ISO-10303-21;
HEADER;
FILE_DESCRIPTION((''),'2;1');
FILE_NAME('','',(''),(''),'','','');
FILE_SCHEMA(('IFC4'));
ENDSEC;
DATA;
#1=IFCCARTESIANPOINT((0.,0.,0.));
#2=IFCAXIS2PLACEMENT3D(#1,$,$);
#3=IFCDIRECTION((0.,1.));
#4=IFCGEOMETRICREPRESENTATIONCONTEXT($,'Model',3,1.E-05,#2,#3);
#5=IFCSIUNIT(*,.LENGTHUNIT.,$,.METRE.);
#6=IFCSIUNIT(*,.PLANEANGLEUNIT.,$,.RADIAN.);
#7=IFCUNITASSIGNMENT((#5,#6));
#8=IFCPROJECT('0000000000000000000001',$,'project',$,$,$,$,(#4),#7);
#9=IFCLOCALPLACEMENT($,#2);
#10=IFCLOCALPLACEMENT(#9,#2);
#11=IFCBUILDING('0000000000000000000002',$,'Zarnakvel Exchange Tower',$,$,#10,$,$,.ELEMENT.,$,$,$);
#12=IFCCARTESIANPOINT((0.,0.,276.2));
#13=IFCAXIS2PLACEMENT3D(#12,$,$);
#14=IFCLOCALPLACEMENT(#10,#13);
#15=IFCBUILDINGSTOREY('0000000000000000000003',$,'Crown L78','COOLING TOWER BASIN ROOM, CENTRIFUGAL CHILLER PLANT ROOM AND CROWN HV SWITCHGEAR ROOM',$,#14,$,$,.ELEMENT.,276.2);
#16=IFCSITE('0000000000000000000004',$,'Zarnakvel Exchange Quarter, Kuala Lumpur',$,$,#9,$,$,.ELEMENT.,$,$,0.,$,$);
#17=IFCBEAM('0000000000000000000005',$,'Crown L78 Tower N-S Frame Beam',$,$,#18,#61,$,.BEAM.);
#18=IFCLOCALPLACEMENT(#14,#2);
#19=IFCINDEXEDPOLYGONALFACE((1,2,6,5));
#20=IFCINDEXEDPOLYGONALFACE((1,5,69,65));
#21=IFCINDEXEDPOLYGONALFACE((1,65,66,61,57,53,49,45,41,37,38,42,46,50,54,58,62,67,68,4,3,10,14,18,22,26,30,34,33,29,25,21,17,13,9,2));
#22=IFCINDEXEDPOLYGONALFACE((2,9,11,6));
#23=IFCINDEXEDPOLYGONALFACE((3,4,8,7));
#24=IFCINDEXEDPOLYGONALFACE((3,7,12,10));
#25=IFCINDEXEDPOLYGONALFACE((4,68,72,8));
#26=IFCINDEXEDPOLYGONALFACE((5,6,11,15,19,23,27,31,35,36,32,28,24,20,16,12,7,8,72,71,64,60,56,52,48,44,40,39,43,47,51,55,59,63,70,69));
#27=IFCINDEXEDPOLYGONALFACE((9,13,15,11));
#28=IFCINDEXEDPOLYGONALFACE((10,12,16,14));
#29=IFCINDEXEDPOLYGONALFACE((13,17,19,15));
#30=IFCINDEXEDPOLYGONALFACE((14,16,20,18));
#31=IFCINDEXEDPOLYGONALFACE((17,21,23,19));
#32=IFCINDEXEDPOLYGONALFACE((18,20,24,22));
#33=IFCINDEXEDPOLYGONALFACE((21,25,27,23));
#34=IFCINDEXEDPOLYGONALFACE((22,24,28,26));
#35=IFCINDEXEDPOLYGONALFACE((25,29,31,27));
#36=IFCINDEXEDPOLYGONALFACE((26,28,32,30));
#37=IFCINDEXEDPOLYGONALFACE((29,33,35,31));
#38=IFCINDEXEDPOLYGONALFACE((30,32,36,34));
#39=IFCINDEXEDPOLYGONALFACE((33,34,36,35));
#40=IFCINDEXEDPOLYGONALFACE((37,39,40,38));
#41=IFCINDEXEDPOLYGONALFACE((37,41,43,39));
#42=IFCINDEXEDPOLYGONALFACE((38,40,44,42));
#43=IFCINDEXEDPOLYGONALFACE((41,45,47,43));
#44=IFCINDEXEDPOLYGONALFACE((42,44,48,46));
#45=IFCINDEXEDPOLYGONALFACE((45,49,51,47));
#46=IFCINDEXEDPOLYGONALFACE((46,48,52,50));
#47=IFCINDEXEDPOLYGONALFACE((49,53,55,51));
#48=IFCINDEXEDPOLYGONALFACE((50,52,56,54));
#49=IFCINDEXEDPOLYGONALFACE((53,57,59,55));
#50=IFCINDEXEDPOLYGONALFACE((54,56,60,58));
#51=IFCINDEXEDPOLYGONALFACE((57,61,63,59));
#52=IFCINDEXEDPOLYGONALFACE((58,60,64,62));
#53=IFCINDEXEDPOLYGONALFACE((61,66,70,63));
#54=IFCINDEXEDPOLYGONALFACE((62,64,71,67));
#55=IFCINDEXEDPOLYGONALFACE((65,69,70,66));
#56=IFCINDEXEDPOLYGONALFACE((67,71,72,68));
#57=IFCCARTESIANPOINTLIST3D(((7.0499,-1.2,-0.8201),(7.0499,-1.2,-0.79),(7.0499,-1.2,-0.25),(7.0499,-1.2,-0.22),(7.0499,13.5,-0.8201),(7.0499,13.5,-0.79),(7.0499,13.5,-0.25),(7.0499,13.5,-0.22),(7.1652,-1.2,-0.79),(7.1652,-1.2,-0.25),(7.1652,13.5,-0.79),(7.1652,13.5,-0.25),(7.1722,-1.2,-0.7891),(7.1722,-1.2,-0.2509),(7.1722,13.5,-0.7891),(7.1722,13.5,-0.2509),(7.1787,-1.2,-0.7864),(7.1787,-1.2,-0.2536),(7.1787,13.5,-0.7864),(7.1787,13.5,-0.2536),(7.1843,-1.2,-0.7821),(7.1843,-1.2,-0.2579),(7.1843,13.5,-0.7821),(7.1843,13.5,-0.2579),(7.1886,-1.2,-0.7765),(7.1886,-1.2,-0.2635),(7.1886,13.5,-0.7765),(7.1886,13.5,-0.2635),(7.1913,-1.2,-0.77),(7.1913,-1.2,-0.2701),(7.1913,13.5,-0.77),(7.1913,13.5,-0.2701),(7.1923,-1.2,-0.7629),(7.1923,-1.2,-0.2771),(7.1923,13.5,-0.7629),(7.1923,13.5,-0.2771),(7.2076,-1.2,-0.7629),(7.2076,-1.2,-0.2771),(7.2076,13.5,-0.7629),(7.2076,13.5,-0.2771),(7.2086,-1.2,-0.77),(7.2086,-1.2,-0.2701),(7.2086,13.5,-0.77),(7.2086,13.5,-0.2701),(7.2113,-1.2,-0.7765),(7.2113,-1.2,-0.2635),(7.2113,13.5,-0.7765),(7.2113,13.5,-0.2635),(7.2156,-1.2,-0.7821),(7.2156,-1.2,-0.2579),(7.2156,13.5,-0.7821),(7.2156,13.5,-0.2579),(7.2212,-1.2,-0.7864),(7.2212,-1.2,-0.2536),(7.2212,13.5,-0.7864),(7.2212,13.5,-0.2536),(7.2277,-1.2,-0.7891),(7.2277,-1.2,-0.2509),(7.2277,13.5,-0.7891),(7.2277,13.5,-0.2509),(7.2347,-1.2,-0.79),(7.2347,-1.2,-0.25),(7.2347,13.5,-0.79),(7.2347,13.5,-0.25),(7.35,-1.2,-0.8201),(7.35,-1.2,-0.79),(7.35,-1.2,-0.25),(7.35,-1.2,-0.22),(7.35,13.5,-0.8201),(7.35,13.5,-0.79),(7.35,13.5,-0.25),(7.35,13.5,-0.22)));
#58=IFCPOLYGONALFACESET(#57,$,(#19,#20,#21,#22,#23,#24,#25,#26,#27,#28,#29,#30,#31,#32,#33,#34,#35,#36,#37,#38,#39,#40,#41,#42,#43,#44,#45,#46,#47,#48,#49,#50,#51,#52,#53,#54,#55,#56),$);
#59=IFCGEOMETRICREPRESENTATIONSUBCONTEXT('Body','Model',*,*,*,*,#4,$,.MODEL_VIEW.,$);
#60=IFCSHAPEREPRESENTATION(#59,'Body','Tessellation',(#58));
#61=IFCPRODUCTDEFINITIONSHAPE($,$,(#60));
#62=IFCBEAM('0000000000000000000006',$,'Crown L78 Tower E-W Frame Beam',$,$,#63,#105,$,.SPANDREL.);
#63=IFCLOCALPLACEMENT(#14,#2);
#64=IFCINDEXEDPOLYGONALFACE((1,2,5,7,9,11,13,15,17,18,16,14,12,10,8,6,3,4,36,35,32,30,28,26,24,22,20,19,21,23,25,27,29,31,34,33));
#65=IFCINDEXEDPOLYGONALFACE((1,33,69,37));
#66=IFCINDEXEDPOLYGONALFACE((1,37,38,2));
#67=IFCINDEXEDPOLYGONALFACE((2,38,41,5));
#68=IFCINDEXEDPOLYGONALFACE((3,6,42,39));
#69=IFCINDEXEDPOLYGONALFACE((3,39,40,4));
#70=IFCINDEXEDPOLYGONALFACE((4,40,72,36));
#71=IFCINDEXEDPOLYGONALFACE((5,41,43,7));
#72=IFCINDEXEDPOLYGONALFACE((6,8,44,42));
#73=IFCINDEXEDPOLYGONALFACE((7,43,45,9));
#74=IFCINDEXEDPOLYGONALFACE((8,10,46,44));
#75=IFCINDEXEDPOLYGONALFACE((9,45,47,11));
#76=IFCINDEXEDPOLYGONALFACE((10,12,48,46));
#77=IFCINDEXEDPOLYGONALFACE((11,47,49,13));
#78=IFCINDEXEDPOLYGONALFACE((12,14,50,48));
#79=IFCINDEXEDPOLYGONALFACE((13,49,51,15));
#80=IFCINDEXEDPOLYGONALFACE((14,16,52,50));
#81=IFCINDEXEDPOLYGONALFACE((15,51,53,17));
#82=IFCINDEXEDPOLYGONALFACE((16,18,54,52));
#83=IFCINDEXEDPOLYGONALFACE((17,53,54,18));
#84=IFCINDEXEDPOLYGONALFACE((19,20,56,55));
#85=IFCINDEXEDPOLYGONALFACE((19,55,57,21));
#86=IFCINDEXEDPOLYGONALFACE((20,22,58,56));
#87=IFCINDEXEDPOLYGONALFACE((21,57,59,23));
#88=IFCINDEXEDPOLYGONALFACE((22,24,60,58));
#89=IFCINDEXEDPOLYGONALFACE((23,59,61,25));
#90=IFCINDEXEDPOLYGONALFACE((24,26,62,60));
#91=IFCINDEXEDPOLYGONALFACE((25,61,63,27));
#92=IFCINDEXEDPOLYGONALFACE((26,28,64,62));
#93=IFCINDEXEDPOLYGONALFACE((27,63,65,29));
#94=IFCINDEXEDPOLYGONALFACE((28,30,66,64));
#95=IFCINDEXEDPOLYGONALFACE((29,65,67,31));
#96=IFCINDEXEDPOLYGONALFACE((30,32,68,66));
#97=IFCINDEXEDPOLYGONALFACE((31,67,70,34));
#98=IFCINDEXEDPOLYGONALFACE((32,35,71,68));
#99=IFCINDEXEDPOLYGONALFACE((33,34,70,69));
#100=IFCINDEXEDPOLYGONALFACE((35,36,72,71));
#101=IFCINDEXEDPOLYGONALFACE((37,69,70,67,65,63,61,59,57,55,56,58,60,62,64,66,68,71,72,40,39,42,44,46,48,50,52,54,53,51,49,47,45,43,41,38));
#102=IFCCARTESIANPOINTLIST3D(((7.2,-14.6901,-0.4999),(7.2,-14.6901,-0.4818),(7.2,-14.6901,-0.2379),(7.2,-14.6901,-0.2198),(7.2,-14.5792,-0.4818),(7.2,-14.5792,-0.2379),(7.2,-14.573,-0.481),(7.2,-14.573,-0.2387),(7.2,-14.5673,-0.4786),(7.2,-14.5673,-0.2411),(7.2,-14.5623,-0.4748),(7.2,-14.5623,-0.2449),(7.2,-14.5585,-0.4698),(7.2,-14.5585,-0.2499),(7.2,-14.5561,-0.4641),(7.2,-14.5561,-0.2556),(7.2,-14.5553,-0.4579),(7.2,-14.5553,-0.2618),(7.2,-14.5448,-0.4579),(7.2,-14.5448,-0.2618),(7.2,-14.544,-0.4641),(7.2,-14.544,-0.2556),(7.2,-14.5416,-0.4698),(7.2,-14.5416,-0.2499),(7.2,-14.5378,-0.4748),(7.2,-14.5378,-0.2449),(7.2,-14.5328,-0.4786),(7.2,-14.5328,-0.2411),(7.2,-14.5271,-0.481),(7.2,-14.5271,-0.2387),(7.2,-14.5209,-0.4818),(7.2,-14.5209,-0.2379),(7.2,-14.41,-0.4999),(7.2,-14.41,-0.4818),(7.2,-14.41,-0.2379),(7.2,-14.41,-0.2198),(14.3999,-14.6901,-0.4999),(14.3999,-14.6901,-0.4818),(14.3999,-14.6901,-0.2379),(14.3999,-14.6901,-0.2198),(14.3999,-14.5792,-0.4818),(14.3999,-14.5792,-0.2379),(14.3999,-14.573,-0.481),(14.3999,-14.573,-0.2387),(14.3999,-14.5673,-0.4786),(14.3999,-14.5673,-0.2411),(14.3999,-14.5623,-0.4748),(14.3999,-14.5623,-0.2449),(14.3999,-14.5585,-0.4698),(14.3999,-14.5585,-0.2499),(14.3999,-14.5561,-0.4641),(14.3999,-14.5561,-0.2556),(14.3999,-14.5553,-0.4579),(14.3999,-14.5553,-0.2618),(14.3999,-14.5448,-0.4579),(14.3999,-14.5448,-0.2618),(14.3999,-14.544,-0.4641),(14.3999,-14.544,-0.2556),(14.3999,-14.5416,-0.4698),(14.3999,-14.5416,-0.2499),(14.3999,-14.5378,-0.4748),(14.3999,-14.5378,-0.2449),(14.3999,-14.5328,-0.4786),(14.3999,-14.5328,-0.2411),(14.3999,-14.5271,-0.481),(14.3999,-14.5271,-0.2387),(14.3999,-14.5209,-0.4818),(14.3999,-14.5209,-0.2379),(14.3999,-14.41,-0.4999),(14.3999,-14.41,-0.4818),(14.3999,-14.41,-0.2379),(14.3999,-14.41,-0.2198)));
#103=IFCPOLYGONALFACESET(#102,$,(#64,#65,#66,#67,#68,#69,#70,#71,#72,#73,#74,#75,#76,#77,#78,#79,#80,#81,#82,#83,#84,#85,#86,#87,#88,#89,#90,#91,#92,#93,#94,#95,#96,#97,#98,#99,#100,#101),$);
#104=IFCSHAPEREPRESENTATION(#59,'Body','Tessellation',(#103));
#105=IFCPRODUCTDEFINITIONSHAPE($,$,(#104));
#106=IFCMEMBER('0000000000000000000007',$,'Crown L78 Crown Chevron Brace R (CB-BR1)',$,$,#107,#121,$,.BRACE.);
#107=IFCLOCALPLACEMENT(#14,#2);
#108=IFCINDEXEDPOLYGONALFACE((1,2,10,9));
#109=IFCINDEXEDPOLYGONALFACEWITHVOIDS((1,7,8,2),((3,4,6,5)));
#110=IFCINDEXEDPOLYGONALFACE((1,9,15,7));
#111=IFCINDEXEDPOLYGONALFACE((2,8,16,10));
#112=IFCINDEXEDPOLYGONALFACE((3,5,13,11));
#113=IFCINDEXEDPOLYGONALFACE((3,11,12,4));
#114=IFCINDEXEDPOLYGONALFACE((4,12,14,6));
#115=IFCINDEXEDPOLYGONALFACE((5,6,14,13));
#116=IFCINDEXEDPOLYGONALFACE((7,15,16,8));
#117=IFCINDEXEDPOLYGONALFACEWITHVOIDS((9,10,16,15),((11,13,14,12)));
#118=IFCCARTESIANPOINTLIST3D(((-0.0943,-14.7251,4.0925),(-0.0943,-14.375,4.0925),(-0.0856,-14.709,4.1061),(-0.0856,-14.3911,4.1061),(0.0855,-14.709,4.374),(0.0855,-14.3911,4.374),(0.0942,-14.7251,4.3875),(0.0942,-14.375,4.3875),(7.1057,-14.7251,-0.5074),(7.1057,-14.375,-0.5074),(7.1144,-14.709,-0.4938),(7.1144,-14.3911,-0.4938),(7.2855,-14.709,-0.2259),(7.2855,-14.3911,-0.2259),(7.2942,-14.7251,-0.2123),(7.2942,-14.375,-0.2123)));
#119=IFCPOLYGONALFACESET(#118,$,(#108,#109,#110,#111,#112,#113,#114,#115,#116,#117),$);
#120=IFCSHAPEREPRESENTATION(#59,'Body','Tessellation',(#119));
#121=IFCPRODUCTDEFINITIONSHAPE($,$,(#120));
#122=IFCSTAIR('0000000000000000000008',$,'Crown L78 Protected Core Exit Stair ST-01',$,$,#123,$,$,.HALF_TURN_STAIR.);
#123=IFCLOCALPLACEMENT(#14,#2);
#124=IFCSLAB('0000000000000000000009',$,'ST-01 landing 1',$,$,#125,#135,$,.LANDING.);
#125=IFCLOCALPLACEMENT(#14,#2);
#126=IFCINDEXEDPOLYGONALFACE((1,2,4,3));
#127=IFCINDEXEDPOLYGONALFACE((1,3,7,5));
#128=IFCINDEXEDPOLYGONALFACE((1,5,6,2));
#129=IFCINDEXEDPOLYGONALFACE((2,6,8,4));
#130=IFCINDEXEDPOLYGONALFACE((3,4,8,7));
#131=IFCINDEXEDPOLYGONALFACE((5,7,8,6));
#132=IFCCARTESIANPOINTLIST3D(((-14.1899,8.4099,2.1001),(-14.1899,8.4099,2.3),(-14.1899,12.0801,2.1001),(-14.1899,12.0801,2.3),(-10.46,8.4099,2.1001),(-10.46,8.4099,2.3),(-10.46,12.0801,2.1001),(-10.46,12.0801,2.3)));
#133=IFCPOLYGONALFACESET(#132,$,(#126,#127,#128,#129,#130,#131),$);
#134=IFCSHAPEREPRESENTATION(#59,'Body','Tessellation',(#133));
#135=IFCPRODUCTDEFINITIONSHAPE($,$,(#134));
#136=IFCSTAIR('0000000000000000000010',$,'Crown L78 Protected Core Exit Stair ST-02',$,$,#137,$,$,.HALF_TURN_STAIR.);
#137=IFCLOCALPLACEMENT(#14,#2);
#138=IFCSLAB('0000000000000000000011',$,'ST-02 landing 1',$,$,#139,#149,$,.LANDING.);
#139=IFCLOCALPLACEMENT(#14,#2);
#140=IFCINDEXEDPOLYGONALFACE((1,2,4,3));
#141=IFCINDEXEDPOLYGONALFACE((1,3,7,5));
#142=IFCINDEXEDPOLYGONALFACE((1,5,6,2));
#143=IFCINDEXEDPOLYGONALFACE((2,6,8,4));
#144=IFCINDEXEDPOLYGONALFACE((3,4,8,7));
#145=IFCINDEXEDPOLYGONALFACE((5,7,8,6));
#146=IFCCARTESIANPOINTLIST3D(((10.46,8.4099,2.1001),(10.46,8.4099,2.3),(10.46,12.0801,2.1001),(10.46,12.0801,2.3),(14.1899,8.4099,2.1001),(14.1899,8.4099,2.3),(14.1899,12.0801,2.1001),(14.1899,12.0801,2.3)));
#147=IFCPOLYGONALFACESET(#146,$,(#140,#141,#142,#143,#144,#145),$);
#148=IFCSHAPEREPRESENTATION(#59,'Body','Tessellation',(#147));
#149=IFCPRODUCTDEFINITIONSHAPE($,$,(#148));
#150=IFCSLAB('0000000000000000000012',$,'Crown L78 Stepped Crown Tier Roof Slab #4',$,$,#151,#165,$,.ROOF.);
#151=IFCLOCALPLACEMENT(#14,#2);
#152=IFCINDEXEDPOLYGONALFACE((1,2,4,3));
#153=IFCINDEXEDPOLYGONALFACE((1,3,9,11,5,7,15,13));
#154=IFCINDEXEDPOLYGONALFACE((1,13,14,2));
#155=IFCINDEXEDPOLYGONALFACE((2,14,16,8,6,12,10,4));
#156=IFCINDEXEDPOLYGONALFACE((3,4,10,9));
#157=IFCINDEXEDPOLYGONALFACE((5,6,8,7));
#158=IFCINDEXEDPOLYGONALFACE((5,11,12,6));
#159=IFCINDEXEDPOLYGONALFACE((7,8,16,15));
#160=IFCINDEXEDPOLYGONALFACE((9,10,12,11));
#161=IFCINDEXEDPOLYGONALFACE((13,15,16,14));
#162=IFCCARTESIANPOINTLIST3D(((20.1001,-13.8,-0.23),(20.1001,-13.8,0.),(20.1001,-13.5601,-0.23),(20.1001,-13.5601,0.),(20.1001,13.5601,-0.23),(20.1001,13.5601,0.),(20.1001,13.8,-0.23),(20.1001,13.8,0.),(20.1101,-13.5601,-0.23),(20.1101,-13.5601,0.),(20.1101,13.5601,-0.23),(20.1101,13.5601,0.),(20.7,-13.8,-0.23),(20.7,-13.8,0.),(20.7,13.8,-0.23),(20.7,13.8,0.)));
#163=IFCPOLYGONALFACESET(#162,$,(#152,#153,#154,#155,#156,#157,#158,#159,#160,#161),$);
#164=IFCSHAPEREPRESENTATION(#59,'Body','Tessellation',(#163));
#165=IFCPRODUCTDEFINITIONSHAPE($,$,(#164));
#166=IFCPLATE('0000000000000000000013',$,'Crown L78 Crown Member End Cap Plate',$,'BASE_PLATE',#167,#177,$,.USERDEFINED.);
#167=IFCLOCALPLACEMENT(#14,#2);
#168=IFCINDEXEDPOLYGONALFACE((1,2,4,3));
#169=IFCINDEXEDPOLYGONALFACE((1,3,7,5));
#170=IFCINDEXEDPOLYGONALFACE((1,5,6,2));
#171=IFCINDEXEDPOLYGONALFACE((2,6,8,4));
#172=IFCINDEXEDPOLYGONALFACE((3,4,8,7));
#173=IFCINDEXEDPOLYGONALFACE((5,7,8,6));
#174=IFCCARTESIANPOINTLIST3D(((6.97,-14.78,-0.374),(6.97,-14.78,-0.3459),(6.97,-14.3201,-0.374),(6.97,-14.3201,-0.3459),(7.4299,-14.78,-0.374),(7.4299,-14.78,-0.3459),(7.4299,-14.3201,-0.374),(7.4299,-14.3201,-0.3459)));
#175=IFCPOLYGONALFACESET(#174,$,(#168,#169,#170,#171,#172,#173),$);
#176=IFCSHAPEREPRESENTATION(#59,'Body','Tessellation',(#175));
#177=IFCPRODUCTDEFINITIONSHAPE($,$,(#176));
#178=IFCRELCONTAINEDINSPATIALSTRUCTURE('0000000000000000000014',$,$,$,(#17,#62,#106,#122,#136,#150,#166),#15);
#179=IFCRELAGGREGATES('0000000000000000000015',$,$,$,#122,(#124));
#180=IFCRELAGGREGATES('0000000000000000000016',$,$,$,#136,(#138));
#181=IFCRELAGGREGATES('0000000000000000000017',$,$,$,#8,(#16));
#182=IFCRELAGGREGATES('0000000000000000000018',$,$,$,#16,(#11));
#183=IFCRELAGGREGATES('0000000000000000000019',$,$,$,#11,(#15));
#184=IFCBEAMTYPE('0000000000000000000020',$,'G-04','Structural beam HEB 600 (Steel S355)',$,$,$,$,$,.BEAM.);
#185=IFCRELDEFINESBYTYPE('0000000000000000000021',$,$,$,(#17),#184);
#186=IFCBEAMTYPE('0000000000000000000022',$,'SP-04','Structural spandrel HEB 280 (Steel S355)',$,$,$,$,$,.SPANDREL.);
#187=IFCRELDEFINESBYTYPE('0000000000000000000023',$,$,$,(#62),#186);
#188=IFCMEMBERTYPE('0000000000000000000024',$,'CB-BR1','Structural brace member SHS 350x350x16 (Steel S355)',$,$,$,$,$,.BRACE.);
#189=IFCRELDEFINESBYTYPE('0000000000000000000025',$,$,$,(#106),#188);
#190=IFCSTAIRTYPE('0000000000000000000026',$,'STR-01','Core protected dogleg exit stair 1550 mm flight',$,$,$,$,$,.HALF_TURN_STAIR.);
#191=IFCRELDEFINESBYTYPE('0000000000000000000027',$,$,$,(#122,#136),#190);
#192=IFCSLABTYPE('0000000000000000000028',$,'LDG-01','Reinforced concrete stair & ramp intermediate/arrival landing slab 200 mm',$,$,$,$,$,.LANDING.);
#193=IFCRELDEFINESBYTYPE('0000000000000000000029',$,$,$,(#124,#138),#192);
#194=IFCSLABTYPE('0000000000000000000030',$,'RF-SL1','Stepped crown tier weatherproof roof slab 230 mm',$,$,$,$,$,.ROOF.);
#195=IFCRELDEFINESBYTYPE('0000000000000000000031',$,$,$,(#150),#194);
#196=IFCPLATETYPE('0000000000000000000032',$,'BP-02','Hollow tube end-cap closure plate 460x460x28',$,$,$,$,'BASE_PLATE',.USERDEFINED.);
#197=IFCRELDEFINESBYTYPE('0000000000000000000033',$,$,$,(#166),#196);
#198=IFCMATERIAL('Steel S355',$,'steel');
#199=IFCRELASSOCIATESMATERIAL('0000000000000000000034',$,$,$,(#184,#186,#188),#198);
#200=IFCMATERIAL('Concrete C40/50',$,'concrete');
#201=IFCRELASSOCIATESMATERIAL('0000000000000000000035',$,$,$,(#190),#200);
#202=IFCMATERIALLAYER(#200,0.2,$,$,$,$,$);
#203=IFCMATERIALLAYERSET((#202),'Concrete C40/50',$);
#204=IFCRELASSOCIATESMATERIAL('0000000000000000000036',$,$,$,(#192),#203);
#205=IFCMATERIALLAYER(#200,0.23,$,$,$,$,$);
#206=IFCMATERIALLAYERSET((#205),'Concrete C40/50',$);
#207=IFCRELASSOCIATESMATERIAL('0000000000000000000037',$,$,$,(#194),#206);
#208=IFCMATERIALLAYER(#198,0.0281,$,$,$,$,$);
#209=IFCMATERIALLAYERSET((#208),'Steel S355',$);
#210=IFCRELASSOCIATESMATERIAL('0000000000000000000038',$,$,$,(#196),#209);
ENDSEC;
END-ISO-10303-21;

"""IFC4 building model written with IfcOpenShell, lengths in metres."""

from ifc_helpers import new_model, si_unit, direction, frame, origin, origin_2d, place, context, subcontext, project, spatial, polyline, rectangle, hollow_rectangle, i_section, outline, extrude, source, transform, mapped, material, layer, layer_set, material_profile, profile_set, type_object, element, aggregate, save


model = new_model("IFC4")

# Units and contexts
model_context = context("Model", 3, precision=1e-05, world=origin(), true_north=direction((0.0, 1.0)))
body_context = subcontext(model_context, "Body", "Model", "MODEL_VIEW")
ifc_project = project(units=[si_unit("LENGTHUNIT", "METRE"), si_unit("PLANEANGLEUNIT", "RADIAN")], contexts=[model_context])

# Site, building, storey
site_placement = place(None, origin())
site = spatial("IfcSite", under=ifc_project, at=site_placement, Name="Zarnakvel Exchange Quarter, Kuala Lumpur", CompositionType="ELEMENT", RefElevation=0.0)
building_placement = place(site_placement, origin())
building = spatial("IfcBuilding", under=site, at=building_placement, Name="Zarnakvel Exchange Tower", CompositionType="ELEMENT")
storey_placement = place(building_placement, frame((0.0, 0.0, 276.2)))
storey = spatial("IfcBuildingStorey", under=building, at=storey_placement, Name="Crown L78", Description="COOLING TOWER BASIN ROOM, CENTRIFUGAL CHILLER PLANT ROOM AND CROWN HV SWITCHGEAR ROOM", CompositionType="ELEMENT", Elevation=276.2)

# Beams
ifc_material_1 = material(Name="Steel S355", Category="steel")
ifc_material_profile_1 = material_profile(ifc_material_1, i_section(OverallWidth=0.3, OverallDepth=0.6001, WebThickness=0.0154, FlangeThickness=0.03, FilletRadius=0.0271, at=origin_2d()))
ifc_profile_set_1 = profile_set([ifc_material_profile_1], Name="Steel S355")
beam_type_1 = type_object("IfcBeamType", Name="G-04", Description="Structural beam HEB 600 (Steel S355)", PredefinedType="BEAM", material=ifc_profile_set_1)
beam_1_placement = place(storey_placement, frame((7.2, -1.2, -0.52), z_axis=(0.0, 1.0, 0.0), x_axis=(-1.0, 0.0, 0.0)))
element("IfcBeam", 1, at=beam_1_placement, inside=storey, type_object=beam_type_1, Name="Crown L78 Tower N-S Frame Beam", PredefinedType="BEAM", context=body_context, shape_type="SweptSolid", body=[
    extrude(i_section(OverallWidth=0.3, OverallDepth=0.6001, WebThickness=0.0154, FlangeThickness=0.03, FilletRadius=0.0271, at=origin_2d()), origin(), (0.0, 0.0, 1.0), 14.7),
])
ifc_material_profile_2 = material_profile(ifc_material_1, i_section(OverallWidth=0.28, OverallDepth=0.28, WebThickness=0.0105, FlangeThickness=0.0181, FilletRadius=0.0239, at=origin_2d()))
ifc_profile_set_2 = profile_set([ifc_material_profile_2], Name="Steel S355")
beam_type_2 = type_object("IfcBeamType", Name="SP-04", Description="Structural spandrel HEB 280 (Steel S355)", PredefinedType="SPANDREL", material=ifc_profile_set_2)
beam_2_placement = place(storey_placement, frame((7.2, -14.55, -0.3599), z_axis=(1.0, 0.0, 0.0), x_axis=(0.0, 1.0, 0.0)))
element("IfcBeam", 2, at=beam_2_placement, inside=storey, type_object=beam_type_2, Name="Crown L78 Tower E-W Frame Beam", PredefinedType="SPANDREL", context=body_context, shape_type="SweptSolid", body=[
    extrude(i_section(OverallWidth=0.28, OverallDepth=0.28, WebThickness=0.0105, FlangeThickness=0.0181, FilletRadius=0.0239, at=origin_2d()), origin(), (0.0, 0.0, 1.0), 7.2),
])

# Member
ifc_material_profile_3 = material_profile(ifc_material_1, hollow_rectangle(XDim=0.3501, YDim=0.3501, WallThickness=0.0161, at=origin_2d()))
ifc_profile_set_3 = profile_set([ifc_material_profile_3], Name="Steel S355")
member_type = type_object("IfcMemberType", Name="CB-BR1", Description="Structural brace member SHS 350x350x16 (Steel S355)", PredefinedType="BRACE", material=ifc_profile_set_3)
shared_shape_1 = source(origin(), body_context, "Body", "SweptSolid", [
    extrude(hollow_rectangle(XDim=0.3501, YDim=0.3501, WallThickness=0.0161, at=origin_2d()), origin(), (0.0, 0.0, 1.0), 8.5439),
])
member_placement = place(storey_placement, frame((7.2, -14.55, -0.3599), z_axis=(-0.842702, 0.0, 0.53838), x_axis=(0.0, -1.0, 0.0)))
element("IfcMember", 3, at=member_placement, inside=storey, type_object=member_type, Name="Crown L78 Crown Chevron Brace R (CB-BR1)", PredefinedType="BRACE", context=body_context, shape_type="MappedRepresentation", body=[
    mapped(shared_shape_1, transform((0.0, 0.0, 0.0), x_axis=(1.0, 0.0, 0.0), y_axis=(0.0, 1.0, 0.0), z_axis=(0.0, 0.0, 1.0), scale=1.0)),
])

# Stairs, slabs
ifc_material_2 = material(Name="Concrete C40/50", Category="concrete")
stair_type = type_object("IfcStairType", Name="STR-01", Description="Core protected dogleg exit stair 1550 mm flight", PredefinedType="HALF_TURN_STAIR", material=ifc_material_2)
stair_1_placement = place(storey_placement, origin())
stair_1 = element("IfcStair", 4, at=stair_1_placement, inside=storey, type_object=stair_type, Name="Crown L78 Protected Core Exit Stair ST-01", PredefinedType="HALF_TURN_STAIR")
ifc_layer_1 = layer(ifc_material_2, 0.2)
ifc_layer_set_1 = layer_set([ifc_layer_1], Name="Concrete C40/50")
slab_type_1 = type_object("IfcSlabType", Name="LDG-01", Description="Reinforced concrete stair & ramp intermediate/arrival landing slab 200 mm", PredefinedType="LANDING", material=ifc_layer_set_1)
slab_1_placement = place(storey_placement, frame((0.0, 0.0, 2.1001)))
slab_1 = element("IfcSlab", 5, at=slab_1_placement, type_object=slab_type_1, Name="ST-01 landing 1", PredefinedType="LANDING", context=body_context, shape_type="SweptSolid", body=[
    extrude(outline(polyline([(-14.1899, 8.4099), (-10.46, 8.4099), (-10.46, 12.0801), (-14.1899, 12.0801), (-14.1899, 8.4099)])), origin(), (0.0, 0.0, 1.0), 0.2),
])
aggregate(stair_1, [slab_1])
stair_2_placement = place(storey_placement, origin())
stair_2 = element("IfcStair", 6, at=stair_2_placement, inside=storey, type_object=stair_type, Name="Crown L78 Protected Core Exit Stair ST-02", PredefinedType="HALF_TURN_STAIR")
slab_2_placement = place(storey_placement, frame((0.0, 0.0, 2.1001)))
slab_2 = element("IfcSlab", 7, at=slab_2_placement, type_object=slab_type_1, Name="ST-02 landing 1", PredefinedType="LANDING", context=body_context, shape_type="SweptSolid", body=[
    extrude(outline(polyline([(10.46, 8.4099), (14.1899, 8.4099), (14.1899, 12.0801), (10.46, 12.0801), (10.46, 8.4099)])), origin(), (0.0, 0.0, 1.0), 0.2),
])
aggregate(stair_2, [slab_2])

# Slab
ifc_layer_2 = layer(ifc_material_2, 0.23)
ifc_layer_set_2 = layer_set([ifc_layer_2], Name="Concrete C40/50")
slab_type_2 = type_object("IfcSlabType", Name="RF-SL1", Description="Stepped crown tier weatherproof roof slab 230 mm", PredefinedType="ROOF", material=ifc_layer_set_2)
slab_3_placement = place(storey_placement, frame((0.0, 0.0, -0.23)))
element("IfcSlab", 8, at=slab_3_placement, inside=storey, type_object=slab_type_2, Name="Crown L78 Stepped Crown Tier Roof Slab #4", PredefinedType="ROOF", context=body_context, shape_type="SweptSolid", body=[
    extrude(outline(polyline([(20.7, 13.8), (20.7, -13.8), (20.1001, -13.8), (20.1001, -13.5601), (20.1101, -13.5601), (20.1101, 13.5601), (20.1001, 13.5601), (20.1001, 13.8), (20.7, 13.8)])), origin(), (0.0, 0.0, 1.0), 0.23),
])

# Plate
ifc_layer_3 = layer(ifc_material_1, 0.0281)
ifc_layer_set_3 = layer_set([ifc_layer_3], Name="Steel S355")
plate_type = type_object("IfcPlateType", Name="BP-02", Description="Hollow tube end-cap closure plate 460x460x28", ElementType="BASE_PLATE", PredefinedType="USERDEFINED", material=ifc_layer_set_3)
shared_shape_2 = source(origin(), body_context, "Body", "SweptSolid", [
    extrude(rectangle(XDim=0.46, YDim=0.46, at=origin_2d()), origin(), (0.0, 0.0, 1.0), 0.0281),
])
plate_placement = place(storey_placement, frame((7.2, -14.55, -0.374), z_axis=(0.0, 0.0, 1.0), x_axis=(1.0, 0.0, 0.0)))
element("IfcPlate", 9, at=plate_placement, inside=storey, type_object=plate_type, Name="Crown L78 Crown Member End Cap Plate", ObjectType="BASE_PLATE", PredefinedType="USERDEFINED", context=body_context, shape_type="MappedRepresentation", body=[
    mapped(shared_shape_2, transform((0.0, 0.0, 0.0), x_axis=(1.0, 0.0, 0.0), y_axis=(0.0, 1.0, 0.0), z_axis=(0.0, 0.0, 1.0), scale=1.0)),
])

save(model, "model.ifc")
